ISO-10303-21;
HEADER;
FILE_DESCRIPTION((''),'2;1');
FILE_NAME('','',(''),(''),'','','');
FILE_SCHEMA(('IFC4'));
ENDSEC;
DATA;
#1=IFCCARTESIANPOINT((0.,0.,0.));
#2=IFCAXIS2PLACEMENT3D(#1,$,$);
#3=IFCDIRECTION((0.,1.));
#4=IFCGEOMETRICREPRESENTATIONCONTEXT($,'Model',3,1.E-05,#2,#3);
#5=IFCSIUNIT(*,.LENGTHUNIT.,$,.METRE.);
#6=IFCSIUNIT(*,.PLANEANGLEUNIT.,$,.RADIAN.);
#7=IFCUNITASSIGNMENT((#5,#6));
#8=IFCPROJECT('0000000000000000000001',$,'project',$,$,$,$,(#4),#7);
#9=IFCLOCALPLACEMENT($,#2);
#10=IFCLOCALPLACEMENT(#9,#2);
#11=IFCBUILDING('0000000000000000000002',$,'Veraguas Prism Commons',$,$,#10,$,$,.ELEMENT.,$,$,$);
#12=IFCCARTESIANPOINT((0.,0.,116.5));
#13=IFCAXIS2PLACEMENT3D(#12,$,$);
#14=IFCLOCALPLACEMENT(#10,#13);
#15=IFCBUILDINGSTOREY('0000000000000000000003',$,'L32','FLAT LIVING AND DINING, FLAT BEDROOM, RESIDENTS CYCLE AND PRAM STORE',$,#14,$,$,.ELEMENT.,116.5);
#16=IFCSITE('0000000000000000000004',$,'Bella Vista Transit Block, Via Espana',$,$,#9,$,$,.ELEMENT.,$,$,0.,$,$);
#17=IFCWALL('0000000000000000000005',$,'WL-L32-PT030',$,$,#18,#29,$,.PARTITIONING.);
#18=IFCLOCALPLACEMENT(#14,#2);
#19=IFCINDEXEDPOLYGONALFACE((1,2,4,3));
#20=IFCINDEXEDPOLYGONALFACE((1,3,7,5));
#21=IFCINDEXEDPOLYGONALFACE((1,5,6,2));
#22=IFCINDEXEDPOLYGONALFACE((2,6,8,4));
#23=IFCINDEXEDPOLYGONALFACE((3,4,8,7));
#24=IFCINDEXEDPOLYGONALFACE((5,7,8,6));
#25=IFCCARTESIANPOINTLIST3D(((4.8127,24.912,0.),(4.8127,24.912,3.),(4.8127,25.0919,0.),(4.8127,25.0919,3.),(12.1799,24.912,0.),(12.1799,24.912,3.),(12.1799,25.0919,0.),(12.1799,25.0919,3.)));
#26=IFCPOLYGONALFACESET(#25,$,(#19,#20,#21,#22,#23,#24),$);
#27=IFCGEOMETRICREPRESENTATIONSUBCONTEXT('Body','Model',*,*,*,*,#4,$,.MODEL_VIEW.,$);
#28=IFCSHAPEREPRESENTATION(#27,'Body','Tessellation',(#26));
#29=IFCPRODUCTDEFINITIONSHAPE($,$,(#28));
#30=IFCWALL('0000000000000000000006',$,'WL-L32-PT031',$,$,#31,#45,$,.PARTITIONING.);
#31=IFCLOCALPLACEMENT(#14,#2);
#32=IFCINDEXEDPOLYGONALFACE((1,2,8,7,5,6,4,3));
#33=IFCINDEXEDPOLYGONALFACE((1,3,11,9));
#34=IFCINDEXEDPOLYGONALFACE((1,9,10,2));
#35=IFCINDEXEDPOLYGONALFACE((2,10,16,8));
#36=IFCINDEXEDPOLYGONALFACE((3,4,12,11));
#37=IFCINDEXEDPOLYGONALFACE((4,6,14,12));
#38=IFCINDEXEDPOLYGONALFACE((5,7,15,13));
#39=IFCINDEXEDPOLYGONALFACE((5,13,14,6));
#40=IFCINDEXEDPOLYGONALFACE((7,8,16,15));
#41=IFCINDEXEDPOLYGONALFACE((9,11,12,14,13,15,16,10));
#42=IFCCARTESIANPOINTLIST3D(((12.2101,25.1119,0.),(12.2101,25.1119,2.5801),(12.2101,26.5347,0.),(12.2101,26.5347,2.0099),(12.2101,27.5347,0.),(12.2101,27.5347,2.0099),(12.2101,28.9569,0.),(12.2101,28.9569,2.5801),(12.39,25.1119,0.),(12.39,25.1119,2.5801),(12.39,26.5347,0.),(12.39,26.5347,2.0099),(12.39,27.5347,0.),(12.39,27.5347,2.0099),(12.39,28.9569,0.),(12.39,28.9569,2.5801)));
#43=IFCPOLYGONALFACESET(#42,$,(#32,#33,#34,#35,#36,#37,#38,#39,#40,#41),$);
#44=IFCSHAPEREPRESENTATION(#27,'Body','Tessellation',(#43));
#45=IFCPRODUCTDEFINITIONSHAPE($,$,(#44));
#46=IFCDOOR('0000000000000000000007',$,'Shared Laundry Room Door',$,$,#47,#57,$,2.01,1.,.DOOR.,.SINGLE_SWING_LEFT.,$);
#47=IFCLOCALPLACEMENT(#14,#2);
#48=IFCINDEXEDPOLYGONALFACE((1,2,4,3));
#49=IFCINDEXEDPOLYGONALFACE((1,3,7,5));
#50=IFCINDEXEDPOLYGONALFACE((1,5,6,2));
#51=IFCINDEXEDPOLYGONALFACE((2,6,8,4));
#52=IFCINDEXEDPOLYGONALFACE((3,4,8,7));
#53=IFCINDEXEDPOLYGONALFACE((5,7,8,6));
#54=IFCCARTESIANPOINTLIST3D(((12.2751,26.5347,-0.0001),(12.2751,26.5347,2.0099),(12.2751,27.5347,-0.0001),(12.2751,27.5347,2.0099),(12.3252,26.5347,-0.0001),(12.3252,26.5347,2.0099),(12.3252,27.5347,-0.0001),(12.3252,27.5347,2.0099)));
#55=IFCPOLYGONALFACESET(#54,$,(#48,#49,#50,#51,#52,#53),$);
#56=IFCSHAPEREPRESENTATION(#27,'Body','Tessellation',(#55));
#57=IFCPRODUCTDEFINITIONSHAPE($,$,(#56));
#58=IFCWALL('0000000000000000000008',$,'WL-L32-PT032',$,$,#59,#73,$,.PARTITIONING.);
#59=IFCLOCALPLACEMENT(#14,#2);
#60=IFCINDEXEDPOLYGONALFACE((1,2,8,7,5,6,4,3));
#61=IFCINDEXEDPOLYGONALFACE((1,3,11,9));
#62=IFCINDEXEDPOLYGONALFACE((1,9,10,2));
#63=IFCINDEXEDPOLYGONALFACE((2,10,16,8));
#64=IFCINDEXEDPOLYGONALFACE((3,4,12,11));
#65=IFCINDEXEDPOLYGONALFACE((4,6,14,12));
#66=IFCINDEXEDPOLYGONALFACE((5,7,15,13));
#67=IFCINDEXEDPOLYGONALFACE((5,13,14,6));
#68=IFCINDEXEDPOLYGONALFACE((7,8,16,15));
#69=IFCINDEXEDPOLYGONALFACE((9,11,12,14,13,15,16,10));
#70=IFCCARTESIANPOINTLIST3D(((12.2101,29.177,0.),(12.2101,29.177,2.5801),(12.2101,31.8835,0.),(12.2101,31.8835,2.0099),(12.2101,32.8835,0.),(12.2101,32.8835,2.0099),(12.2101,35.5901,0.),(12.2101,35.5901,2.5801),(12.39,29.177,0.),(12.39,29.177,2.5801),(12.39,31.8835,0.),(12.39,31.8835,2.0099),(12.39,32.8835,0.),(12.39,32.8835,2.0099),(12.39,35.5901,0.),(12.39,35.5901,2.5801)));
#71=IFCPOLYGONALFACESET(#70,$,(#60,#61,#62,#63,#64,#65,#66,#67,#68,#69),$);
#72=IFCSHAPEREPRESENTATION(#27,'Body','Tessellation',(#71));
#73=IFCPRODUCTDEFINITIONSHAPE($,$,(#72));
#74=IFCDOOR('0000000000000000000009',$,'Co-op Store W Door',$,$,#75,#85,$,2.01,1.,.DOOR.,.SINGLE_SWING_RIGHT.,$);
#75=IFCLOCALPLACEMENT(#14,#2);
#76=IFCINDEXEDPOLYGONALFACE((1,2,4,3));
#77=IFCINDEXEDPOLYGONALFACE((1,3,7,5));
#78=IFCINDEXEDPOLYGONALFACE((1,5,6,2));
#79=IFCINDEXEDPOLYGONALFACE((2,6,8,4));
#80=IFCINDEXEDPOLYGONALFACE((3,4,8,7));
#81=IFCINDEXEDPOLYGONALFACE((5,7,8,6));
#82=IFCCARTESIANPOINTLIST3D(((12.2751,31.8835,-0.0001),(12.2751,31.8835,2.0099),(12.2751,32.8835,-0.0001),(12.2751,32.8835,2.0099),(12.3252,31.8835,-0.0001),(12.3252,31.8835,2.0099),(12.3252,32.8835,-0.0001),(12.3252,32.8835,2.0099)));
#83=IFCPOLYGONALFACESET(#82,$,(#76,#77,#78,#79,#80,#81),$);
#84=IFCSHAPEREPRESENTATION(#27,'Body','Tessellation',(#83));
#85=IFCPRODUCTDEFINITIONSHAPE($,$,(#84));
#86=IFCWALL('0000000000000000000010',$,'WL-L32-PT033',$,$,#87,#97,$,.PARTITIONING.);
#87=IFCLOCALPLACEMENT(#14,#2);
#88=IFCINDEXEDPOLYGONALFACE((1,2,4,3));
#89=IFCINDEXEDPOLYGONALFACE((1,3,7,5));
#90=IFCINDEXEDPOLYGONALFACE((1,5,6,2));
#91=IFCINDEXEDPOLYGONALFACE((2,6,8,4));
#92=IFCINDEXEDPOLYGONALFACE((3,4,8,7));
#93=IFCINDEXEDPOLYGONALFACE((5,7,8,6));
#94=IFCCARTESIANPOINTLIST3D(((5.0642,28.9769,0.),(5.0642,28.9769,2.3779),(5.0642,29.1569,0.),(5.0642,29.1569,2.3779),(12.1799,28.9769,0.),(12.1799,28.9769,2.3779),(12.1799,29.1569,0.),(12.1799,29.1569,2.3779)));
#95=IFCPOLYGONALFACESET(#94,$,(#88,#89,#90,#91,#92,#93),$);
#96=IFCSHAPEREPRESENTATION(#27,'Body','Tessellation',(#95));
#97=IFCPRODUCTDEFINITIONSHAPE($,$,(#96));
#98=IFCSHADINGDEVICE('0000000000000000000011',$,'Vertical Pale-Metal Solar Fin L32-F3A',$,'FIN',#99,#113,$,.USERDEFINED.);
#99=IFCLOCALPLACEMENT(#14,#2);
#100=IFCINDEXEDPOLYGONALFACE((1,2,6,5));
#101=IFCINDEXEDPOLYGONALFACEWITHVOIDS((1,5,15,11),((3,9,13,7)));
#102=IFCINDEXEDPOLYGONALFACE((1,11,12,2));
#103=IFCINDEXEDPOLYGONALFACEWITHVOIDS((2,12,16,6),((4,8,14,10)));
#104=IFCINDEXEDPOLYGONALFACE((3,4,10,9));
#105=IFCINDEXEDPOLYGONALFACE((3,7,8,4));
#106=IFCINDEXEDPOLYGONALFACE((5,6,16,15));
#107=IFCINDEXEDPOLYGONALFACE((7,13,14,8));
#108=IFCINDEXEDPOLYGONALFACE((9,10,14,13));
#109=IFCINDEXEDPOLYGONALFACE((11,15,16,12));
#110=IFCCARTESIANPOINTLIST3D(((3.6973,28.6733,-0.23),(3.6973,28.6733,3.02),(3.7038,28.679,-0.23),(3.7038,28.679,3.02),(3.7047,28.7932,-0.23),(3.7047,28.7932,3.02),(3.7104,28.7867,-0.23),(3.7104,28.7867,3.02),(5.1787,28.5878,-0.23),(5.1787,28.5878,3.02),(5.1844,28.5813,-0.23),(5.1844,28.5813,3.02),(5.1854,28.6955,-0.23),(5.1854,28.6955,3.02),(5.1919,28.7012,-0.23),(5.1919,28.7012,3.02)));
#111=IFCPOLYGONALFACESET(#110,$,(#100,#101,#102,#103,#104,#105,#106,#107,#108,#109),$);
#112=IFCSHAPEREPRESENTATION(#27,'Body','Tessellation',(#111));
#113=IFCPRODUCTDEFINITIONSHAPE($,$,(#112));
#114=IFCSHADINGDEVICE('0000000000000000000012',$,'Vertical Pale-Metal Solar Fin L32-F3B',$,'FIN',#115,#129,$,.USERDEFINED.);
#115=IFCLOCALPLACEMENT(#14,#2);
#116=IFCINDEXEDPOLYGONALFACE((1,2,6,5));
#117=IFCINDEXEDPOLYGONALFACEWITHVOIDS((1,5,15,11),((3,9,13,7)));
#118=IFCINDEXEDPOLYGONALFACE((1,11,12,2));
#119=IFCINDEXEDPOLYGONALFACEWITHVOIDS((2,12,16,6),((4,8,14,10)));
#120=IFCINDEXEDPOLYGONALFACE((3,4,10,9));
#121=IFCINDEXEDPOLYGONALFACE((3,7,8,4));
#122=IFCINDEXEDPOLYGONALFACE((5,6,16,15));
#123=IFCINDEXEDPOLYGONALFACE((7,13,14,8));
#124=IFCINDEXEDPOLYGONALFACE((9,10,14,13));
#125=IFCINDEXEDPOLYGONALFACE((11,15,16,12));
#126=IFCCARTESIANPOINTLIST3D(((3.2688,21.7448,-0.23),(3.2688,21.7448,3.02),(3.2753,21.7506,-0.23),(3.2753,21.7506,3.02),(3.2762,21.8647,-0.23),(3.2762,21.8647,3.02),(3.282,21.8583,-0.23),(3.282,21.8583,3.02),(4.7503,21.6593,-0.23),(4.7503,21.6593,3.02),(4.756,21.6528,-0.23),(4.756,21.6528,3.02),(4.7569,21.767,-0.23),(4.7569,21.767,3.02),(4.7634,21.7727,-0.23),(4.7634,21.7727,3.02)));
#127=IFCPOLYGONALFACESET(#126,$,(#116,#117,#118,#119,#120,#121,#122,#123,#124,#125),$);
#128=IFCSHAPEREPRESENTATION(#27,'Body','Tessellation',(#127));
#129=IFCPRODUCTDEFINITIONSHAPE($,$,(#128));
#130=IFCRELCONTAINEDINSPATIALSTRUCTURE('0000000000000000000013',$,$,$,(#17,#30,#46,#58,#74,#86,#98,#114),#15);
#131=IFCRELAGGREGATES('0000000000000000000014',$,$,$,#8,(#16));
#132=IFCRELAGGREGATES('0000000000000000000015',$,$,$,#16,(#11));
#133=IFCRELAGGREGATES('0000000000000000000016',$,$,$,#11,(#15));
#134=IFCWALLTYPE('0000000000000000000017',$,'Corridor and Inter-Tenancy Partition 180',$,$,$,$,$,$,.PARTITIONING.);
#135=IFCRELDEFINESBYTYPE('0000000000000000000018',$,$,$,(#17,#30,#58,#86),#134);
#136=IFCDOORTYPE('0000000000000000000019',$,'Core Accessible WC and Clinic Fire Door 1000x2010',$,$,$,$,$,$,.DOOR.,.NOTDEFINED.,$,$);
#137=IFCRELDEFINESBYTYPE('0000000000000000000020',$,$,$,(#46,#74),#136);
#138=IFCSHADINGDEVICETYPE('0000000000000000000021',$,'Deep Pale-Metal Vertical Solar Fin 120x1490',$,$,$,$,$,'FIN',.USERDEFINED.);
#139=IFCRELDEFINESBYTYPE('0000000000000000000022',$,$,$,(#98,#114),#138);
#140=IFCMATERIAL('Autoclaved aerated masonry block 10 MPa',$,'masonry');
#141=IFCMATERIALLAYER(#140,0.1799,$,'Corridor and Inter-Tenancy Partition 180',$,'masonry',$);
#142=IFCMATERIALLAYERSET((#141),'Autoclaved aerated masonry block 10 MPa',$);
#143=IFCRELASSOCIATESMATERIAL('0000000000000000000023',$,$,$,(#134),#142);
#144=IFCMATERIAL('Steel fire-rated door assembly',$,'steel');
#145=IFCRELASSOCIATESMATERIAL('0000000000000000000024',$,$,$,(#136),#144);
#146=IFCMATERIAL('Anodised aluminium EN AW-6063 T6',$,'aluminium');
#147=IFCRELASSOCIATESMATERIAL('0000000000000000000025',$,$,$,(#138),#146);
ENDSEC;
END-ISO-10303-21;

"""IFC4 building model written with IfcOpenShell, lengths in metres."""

from ifc_helpers import new_model, si_unit, direction, frame, frame_2d, origin, origin_2d, place, context, subcontext, project, spatial, rectangle, hollow_rectangle, extrude, source, transform, mapped, material, layer, layer_set, material_profile, profile_set, type_object, element, fill, save


model = new_model("IFC4")

# Units and contexts
model_context = context("Model", 3, precision=1e-05, world=origin(), true_north=direction((0.0, 1.0)))
body_context = subcontext(model_context, "Body", "Model", "MODEL_VIEW")
ifc_project = project(units=[si_unit("LENGTHUNIT", "METRE"), si_unit("PLANEANGLEUNIT", "RADIAN")], contexts=[model_context])

# Site, building, storey
site_placement = place(None, origin())
site = spatial("IfcSite", under=ifc_project, at=site_placement, Name="Bella Vista Transit Block, Via Espana", CompositionType="ELEMENT", RefElevation=0.0)
building_placement = place(site_placement, origin())
building = spatial("IfcBuilding", under=site, at=building_placement, Name="Veraguas Prism Commons", CompositionType="ELEMENT")
storey_placement = place(building_placement, frame((0.0, 0.0, 116.5)))
storey = spatial("IfcBuildingStorey", under=building, at=storey_placement, Name="L32", Description="FLAT LIVING AND DINING, FLAT BEDROOM, RESIDENTS CYCLE AND PRAM STORE", CompositionType="ELEMENT", Elevation=116.5)

# Shared definitions
ifc_material_1 = material(Name="Anodised aluminium EN AW-6063 T6", Category="aluminium")

# Wall
ifc_material_2 = material(Name="Autoclaved aerated masonry block 10 MPa", Category="masonry")
ifc_layer_1 = layer(ifc_material_2, 0.1799, Name="Corridor and Inter-Tenancy Partition 180", Category="masonry")
ifc_layer_set_1 = layer_set([ifc_layer_1], Name="Autoclaved aerated masonry block 10 MPa")
wall_type = type_object("IfcWallType", Name="Corridor and Inter-Tenancy Partition 180", PredefinedType="PARTITIONING", material=ifc_layer_set_1)
wall_1_placement = place(storey_placement, frame((12.1799, 25.002, 0.0), z_axis=(0.0, 0.0, 1.0), x_axis=(-1.0, 0.0, 0.0)))
element("IfcWall", 1, at=wall_1_placement, inside=storey, type_object=wall_type, Name="WL-L32-PT030", PredefinedType="PARTITIONING", context=body_context, shape_type="SweptSolid", body=[
    extrude(rectangle(XDim=7.3672, YDim=0.1799, at=frame_2d((3.6836, 0.0))), origin(), (0.0, 0.0, 1.0), 3.0),
])

# Walls, openings, doors
wall_2_placement = place(storey_placement, frame((12.3, 25.1121, 0.0), z_axis=(0.0, 0.0, 1.0), x_axis=(0.0, 1.0, 0.0)))
wall_2 = element("IfcWall", 2, at=wall_2_placement, inside=storey, type_object=wall_type, Name="WL-L32-PT031", PredefinedType="PARTITIONING", context=body_context, shape_type="SweptSolid", body=[
    extrude(rectangle(XDim=3.845, YDim=0.1799, at=frame_2d((1.9224, 0.0))), origin(), (0.0, 0.0, 1.0), 2.5801),
])
opening_1_placement = place(wall_2_placement, frame((1.4226, 0.0, 0.0)))
opening_1 = element("IfcOpeningElement", 3, at=opening_1_placement, cuts=wall_2, PredefinedType="OPENING", context=body_context, shape_type="SweptSolid", body=[
    extrude(rectangle(XDim=1.0, YDim=2.01, at=frame_2d((0.5, 1.0049))), frame((0.0, 0.0999, 0.0), z_axis=(0.0, -1.0, 0.0), x_axis=(1.0, 0.0, 0.0)), (0.0, 0.0, 1.0), 0.2),
])
ifc_material_3 = material(Name="Steel fire-rated door assembly", Category="steel")
door_type = type_object("IfcDoorType", Name="Core Accessible WC and Clinic Fire Door 1000x2010", OperationType="NOTDEFINED", PredefinedType="DOOR", material=ifc_material_3)
shared_shape_1 = source(origin(), body_context, "Body", "SweptSolid", [
    extrude(rectangle(XDim=1.0, YDim=2.01, at=frame_2d((0.5, 1.0049))), frame((0.0, 0.0249, 0.0), z_axis=(0.0, -1.0, 0.0), x_axis=(1.0, 0.0, 0.0)), (0.0, 0.0, 1.0), 0.05),
])
door_1_placement = place(opening_1_placement, origin())
door_1 = element("IfcDoor", 4, at=door_1_placement, inside=storey, type_object=door_type, Name="Shared Laundry Room Door", OperationType="SINGLE_SWING_LEFT", OverallHeight=2.01, OverallWidth=1.0, PredefinedType="DOOR", context=body_context, shape_type="MappedRepresentation", body=[
    mapped(shared_shape_1, transform((0.0, 0.0, 0.0), scale=1.0)),
])
fill(opening_1, door_1)
wall_3_placement = place(storey_placement, frame((12.3, 29.177, 0.0), z_axis=(0.0, 0.0, 1.0), x_axis=(0.0, 1.0, 0.0)))
wall_3 = element("IfcWall", 5, at=wall_3_placement, inside=storey, type_object=wall_type, Name="WL-L32-PT032", PredefinedType="PARTITIONING", context=body_context, shape_type="SweptSolid", body=[
    extrude(rectangle(XDim=6.4131, YDim=0.1799, at=frame_2d((3.2065, 0.0))), origin(), (0.0, 0.0, 1.0), 2.5801),
])
opening_2_placement = place(wall_3_placement, frame((2.7065, 0.0, 0.0)))
opening_2 = element("IfcOpeningElement", 6, at=opening_2_placement, cuts=wall_3, PredefinedType="OPENING", context=body_context, shape_type="SweptSolid", body=[
    extrude(rectangle(XDim=1.0, YDim=2.01, at=frame_2d((0.5, 1.0049))), frame((0.0, 0.0999, 0.0), z_axis=(0.0, -1.0, 0.0), x_axis=(1.0, 0.0, 0.0)), (0.0, 0.0, 1.0), 0.2),
])
door_2_placement = place(opening_2_placement, origin())
door_2 = element("IfcDoor", 7, at=door_2_placement, inside=storey, type_object=door_type, Name="Co-op Store W Door", OperationType="SINGLE_SWING_RIGHT", OverallHeight=2.01, OverallWidth=1.0, PredefinedType="DOOR", context=body_context, shape_type="MappedRepresentation", body=[
    mapped(shared_shape_1, transform((0.0, 0.0, 0.0), scale=1.0)),
])
fill(opening_2, door_2)

# Wall
wall_4_placement = place(storey_placement, frame((12.1799, 29.0669, 0.0), z_axis=(0.0, 0.0, 1.0), x_axis=(-1.0, 0.0, 0.0)))
element("IfcWall", 8, at=wall_4_placement, inside=storey, type_object=wall_type, Name="WL-L32-PT033", PredefinedType="PARTITIONING", context=body_context, shape_type="SweptSolid", body=[
    extrude(rectangle(XDim=7.1157, YDim=0.1799, at=frame_2d((3.5579, 0.0))), origin(), (0.0, 0.0, 1.0), 2.3779),
])

# Shading devices
ifc_material_profile_1 = material_profile(ifc_material_1, hollow_rectangle(XDim=0.1201, YDim=1.49, WallThickness=0.0061, at=origin_2d()), Name="FIN120X1490X6")
ifc_profile_set_1 = profile_set([ifc_material_profile_1], Name="Anodised aluminium EN AW-6063 T6")
shading_device_type = type_object("IfcShadingDeviceType", Name="Deep Pale-Metal Vertical Solar Fin 120x1490", ElementType="FIN", PredefinedType="USERDEFINED", material=ifc_profile_set_1)
for number, where, z_axis, x_axis, name in (
    (9, (4.4446, 28.6873, -0.23), (0.0, 0.0, 1.0), (-0.061742, -0.998092, 0.0), "Vertical Pale-Metal Solar Fin L32-F3A"),
    (10, (4.0161, 21.7588, -0.23), (0.0, 0.0, 1.0), (-0.061742, -0.998092, 0.0), "Vertical Pale-Metal Solar Fin L32-F3B"),
):
    element("IfcShadingDevice", number, at=place(storey_placement, frame(where, z_axis=z_axis, x_axis=x_axis)), inside=storey, type_object=shading_device_type, Name=name, ObjectType="FIN", PredefinedType="USERDEFINED", context=body_context, shape_type="SweptSolid", body=[
        extrude(hollow_rectangle(XDim=0.1201, YDim=1.49, WallThickness=0.0061, at=origin_2d()), origin(), (0.0, 0.0, 1.0), 3.25),
    ])

save(model, "model.ifc")
